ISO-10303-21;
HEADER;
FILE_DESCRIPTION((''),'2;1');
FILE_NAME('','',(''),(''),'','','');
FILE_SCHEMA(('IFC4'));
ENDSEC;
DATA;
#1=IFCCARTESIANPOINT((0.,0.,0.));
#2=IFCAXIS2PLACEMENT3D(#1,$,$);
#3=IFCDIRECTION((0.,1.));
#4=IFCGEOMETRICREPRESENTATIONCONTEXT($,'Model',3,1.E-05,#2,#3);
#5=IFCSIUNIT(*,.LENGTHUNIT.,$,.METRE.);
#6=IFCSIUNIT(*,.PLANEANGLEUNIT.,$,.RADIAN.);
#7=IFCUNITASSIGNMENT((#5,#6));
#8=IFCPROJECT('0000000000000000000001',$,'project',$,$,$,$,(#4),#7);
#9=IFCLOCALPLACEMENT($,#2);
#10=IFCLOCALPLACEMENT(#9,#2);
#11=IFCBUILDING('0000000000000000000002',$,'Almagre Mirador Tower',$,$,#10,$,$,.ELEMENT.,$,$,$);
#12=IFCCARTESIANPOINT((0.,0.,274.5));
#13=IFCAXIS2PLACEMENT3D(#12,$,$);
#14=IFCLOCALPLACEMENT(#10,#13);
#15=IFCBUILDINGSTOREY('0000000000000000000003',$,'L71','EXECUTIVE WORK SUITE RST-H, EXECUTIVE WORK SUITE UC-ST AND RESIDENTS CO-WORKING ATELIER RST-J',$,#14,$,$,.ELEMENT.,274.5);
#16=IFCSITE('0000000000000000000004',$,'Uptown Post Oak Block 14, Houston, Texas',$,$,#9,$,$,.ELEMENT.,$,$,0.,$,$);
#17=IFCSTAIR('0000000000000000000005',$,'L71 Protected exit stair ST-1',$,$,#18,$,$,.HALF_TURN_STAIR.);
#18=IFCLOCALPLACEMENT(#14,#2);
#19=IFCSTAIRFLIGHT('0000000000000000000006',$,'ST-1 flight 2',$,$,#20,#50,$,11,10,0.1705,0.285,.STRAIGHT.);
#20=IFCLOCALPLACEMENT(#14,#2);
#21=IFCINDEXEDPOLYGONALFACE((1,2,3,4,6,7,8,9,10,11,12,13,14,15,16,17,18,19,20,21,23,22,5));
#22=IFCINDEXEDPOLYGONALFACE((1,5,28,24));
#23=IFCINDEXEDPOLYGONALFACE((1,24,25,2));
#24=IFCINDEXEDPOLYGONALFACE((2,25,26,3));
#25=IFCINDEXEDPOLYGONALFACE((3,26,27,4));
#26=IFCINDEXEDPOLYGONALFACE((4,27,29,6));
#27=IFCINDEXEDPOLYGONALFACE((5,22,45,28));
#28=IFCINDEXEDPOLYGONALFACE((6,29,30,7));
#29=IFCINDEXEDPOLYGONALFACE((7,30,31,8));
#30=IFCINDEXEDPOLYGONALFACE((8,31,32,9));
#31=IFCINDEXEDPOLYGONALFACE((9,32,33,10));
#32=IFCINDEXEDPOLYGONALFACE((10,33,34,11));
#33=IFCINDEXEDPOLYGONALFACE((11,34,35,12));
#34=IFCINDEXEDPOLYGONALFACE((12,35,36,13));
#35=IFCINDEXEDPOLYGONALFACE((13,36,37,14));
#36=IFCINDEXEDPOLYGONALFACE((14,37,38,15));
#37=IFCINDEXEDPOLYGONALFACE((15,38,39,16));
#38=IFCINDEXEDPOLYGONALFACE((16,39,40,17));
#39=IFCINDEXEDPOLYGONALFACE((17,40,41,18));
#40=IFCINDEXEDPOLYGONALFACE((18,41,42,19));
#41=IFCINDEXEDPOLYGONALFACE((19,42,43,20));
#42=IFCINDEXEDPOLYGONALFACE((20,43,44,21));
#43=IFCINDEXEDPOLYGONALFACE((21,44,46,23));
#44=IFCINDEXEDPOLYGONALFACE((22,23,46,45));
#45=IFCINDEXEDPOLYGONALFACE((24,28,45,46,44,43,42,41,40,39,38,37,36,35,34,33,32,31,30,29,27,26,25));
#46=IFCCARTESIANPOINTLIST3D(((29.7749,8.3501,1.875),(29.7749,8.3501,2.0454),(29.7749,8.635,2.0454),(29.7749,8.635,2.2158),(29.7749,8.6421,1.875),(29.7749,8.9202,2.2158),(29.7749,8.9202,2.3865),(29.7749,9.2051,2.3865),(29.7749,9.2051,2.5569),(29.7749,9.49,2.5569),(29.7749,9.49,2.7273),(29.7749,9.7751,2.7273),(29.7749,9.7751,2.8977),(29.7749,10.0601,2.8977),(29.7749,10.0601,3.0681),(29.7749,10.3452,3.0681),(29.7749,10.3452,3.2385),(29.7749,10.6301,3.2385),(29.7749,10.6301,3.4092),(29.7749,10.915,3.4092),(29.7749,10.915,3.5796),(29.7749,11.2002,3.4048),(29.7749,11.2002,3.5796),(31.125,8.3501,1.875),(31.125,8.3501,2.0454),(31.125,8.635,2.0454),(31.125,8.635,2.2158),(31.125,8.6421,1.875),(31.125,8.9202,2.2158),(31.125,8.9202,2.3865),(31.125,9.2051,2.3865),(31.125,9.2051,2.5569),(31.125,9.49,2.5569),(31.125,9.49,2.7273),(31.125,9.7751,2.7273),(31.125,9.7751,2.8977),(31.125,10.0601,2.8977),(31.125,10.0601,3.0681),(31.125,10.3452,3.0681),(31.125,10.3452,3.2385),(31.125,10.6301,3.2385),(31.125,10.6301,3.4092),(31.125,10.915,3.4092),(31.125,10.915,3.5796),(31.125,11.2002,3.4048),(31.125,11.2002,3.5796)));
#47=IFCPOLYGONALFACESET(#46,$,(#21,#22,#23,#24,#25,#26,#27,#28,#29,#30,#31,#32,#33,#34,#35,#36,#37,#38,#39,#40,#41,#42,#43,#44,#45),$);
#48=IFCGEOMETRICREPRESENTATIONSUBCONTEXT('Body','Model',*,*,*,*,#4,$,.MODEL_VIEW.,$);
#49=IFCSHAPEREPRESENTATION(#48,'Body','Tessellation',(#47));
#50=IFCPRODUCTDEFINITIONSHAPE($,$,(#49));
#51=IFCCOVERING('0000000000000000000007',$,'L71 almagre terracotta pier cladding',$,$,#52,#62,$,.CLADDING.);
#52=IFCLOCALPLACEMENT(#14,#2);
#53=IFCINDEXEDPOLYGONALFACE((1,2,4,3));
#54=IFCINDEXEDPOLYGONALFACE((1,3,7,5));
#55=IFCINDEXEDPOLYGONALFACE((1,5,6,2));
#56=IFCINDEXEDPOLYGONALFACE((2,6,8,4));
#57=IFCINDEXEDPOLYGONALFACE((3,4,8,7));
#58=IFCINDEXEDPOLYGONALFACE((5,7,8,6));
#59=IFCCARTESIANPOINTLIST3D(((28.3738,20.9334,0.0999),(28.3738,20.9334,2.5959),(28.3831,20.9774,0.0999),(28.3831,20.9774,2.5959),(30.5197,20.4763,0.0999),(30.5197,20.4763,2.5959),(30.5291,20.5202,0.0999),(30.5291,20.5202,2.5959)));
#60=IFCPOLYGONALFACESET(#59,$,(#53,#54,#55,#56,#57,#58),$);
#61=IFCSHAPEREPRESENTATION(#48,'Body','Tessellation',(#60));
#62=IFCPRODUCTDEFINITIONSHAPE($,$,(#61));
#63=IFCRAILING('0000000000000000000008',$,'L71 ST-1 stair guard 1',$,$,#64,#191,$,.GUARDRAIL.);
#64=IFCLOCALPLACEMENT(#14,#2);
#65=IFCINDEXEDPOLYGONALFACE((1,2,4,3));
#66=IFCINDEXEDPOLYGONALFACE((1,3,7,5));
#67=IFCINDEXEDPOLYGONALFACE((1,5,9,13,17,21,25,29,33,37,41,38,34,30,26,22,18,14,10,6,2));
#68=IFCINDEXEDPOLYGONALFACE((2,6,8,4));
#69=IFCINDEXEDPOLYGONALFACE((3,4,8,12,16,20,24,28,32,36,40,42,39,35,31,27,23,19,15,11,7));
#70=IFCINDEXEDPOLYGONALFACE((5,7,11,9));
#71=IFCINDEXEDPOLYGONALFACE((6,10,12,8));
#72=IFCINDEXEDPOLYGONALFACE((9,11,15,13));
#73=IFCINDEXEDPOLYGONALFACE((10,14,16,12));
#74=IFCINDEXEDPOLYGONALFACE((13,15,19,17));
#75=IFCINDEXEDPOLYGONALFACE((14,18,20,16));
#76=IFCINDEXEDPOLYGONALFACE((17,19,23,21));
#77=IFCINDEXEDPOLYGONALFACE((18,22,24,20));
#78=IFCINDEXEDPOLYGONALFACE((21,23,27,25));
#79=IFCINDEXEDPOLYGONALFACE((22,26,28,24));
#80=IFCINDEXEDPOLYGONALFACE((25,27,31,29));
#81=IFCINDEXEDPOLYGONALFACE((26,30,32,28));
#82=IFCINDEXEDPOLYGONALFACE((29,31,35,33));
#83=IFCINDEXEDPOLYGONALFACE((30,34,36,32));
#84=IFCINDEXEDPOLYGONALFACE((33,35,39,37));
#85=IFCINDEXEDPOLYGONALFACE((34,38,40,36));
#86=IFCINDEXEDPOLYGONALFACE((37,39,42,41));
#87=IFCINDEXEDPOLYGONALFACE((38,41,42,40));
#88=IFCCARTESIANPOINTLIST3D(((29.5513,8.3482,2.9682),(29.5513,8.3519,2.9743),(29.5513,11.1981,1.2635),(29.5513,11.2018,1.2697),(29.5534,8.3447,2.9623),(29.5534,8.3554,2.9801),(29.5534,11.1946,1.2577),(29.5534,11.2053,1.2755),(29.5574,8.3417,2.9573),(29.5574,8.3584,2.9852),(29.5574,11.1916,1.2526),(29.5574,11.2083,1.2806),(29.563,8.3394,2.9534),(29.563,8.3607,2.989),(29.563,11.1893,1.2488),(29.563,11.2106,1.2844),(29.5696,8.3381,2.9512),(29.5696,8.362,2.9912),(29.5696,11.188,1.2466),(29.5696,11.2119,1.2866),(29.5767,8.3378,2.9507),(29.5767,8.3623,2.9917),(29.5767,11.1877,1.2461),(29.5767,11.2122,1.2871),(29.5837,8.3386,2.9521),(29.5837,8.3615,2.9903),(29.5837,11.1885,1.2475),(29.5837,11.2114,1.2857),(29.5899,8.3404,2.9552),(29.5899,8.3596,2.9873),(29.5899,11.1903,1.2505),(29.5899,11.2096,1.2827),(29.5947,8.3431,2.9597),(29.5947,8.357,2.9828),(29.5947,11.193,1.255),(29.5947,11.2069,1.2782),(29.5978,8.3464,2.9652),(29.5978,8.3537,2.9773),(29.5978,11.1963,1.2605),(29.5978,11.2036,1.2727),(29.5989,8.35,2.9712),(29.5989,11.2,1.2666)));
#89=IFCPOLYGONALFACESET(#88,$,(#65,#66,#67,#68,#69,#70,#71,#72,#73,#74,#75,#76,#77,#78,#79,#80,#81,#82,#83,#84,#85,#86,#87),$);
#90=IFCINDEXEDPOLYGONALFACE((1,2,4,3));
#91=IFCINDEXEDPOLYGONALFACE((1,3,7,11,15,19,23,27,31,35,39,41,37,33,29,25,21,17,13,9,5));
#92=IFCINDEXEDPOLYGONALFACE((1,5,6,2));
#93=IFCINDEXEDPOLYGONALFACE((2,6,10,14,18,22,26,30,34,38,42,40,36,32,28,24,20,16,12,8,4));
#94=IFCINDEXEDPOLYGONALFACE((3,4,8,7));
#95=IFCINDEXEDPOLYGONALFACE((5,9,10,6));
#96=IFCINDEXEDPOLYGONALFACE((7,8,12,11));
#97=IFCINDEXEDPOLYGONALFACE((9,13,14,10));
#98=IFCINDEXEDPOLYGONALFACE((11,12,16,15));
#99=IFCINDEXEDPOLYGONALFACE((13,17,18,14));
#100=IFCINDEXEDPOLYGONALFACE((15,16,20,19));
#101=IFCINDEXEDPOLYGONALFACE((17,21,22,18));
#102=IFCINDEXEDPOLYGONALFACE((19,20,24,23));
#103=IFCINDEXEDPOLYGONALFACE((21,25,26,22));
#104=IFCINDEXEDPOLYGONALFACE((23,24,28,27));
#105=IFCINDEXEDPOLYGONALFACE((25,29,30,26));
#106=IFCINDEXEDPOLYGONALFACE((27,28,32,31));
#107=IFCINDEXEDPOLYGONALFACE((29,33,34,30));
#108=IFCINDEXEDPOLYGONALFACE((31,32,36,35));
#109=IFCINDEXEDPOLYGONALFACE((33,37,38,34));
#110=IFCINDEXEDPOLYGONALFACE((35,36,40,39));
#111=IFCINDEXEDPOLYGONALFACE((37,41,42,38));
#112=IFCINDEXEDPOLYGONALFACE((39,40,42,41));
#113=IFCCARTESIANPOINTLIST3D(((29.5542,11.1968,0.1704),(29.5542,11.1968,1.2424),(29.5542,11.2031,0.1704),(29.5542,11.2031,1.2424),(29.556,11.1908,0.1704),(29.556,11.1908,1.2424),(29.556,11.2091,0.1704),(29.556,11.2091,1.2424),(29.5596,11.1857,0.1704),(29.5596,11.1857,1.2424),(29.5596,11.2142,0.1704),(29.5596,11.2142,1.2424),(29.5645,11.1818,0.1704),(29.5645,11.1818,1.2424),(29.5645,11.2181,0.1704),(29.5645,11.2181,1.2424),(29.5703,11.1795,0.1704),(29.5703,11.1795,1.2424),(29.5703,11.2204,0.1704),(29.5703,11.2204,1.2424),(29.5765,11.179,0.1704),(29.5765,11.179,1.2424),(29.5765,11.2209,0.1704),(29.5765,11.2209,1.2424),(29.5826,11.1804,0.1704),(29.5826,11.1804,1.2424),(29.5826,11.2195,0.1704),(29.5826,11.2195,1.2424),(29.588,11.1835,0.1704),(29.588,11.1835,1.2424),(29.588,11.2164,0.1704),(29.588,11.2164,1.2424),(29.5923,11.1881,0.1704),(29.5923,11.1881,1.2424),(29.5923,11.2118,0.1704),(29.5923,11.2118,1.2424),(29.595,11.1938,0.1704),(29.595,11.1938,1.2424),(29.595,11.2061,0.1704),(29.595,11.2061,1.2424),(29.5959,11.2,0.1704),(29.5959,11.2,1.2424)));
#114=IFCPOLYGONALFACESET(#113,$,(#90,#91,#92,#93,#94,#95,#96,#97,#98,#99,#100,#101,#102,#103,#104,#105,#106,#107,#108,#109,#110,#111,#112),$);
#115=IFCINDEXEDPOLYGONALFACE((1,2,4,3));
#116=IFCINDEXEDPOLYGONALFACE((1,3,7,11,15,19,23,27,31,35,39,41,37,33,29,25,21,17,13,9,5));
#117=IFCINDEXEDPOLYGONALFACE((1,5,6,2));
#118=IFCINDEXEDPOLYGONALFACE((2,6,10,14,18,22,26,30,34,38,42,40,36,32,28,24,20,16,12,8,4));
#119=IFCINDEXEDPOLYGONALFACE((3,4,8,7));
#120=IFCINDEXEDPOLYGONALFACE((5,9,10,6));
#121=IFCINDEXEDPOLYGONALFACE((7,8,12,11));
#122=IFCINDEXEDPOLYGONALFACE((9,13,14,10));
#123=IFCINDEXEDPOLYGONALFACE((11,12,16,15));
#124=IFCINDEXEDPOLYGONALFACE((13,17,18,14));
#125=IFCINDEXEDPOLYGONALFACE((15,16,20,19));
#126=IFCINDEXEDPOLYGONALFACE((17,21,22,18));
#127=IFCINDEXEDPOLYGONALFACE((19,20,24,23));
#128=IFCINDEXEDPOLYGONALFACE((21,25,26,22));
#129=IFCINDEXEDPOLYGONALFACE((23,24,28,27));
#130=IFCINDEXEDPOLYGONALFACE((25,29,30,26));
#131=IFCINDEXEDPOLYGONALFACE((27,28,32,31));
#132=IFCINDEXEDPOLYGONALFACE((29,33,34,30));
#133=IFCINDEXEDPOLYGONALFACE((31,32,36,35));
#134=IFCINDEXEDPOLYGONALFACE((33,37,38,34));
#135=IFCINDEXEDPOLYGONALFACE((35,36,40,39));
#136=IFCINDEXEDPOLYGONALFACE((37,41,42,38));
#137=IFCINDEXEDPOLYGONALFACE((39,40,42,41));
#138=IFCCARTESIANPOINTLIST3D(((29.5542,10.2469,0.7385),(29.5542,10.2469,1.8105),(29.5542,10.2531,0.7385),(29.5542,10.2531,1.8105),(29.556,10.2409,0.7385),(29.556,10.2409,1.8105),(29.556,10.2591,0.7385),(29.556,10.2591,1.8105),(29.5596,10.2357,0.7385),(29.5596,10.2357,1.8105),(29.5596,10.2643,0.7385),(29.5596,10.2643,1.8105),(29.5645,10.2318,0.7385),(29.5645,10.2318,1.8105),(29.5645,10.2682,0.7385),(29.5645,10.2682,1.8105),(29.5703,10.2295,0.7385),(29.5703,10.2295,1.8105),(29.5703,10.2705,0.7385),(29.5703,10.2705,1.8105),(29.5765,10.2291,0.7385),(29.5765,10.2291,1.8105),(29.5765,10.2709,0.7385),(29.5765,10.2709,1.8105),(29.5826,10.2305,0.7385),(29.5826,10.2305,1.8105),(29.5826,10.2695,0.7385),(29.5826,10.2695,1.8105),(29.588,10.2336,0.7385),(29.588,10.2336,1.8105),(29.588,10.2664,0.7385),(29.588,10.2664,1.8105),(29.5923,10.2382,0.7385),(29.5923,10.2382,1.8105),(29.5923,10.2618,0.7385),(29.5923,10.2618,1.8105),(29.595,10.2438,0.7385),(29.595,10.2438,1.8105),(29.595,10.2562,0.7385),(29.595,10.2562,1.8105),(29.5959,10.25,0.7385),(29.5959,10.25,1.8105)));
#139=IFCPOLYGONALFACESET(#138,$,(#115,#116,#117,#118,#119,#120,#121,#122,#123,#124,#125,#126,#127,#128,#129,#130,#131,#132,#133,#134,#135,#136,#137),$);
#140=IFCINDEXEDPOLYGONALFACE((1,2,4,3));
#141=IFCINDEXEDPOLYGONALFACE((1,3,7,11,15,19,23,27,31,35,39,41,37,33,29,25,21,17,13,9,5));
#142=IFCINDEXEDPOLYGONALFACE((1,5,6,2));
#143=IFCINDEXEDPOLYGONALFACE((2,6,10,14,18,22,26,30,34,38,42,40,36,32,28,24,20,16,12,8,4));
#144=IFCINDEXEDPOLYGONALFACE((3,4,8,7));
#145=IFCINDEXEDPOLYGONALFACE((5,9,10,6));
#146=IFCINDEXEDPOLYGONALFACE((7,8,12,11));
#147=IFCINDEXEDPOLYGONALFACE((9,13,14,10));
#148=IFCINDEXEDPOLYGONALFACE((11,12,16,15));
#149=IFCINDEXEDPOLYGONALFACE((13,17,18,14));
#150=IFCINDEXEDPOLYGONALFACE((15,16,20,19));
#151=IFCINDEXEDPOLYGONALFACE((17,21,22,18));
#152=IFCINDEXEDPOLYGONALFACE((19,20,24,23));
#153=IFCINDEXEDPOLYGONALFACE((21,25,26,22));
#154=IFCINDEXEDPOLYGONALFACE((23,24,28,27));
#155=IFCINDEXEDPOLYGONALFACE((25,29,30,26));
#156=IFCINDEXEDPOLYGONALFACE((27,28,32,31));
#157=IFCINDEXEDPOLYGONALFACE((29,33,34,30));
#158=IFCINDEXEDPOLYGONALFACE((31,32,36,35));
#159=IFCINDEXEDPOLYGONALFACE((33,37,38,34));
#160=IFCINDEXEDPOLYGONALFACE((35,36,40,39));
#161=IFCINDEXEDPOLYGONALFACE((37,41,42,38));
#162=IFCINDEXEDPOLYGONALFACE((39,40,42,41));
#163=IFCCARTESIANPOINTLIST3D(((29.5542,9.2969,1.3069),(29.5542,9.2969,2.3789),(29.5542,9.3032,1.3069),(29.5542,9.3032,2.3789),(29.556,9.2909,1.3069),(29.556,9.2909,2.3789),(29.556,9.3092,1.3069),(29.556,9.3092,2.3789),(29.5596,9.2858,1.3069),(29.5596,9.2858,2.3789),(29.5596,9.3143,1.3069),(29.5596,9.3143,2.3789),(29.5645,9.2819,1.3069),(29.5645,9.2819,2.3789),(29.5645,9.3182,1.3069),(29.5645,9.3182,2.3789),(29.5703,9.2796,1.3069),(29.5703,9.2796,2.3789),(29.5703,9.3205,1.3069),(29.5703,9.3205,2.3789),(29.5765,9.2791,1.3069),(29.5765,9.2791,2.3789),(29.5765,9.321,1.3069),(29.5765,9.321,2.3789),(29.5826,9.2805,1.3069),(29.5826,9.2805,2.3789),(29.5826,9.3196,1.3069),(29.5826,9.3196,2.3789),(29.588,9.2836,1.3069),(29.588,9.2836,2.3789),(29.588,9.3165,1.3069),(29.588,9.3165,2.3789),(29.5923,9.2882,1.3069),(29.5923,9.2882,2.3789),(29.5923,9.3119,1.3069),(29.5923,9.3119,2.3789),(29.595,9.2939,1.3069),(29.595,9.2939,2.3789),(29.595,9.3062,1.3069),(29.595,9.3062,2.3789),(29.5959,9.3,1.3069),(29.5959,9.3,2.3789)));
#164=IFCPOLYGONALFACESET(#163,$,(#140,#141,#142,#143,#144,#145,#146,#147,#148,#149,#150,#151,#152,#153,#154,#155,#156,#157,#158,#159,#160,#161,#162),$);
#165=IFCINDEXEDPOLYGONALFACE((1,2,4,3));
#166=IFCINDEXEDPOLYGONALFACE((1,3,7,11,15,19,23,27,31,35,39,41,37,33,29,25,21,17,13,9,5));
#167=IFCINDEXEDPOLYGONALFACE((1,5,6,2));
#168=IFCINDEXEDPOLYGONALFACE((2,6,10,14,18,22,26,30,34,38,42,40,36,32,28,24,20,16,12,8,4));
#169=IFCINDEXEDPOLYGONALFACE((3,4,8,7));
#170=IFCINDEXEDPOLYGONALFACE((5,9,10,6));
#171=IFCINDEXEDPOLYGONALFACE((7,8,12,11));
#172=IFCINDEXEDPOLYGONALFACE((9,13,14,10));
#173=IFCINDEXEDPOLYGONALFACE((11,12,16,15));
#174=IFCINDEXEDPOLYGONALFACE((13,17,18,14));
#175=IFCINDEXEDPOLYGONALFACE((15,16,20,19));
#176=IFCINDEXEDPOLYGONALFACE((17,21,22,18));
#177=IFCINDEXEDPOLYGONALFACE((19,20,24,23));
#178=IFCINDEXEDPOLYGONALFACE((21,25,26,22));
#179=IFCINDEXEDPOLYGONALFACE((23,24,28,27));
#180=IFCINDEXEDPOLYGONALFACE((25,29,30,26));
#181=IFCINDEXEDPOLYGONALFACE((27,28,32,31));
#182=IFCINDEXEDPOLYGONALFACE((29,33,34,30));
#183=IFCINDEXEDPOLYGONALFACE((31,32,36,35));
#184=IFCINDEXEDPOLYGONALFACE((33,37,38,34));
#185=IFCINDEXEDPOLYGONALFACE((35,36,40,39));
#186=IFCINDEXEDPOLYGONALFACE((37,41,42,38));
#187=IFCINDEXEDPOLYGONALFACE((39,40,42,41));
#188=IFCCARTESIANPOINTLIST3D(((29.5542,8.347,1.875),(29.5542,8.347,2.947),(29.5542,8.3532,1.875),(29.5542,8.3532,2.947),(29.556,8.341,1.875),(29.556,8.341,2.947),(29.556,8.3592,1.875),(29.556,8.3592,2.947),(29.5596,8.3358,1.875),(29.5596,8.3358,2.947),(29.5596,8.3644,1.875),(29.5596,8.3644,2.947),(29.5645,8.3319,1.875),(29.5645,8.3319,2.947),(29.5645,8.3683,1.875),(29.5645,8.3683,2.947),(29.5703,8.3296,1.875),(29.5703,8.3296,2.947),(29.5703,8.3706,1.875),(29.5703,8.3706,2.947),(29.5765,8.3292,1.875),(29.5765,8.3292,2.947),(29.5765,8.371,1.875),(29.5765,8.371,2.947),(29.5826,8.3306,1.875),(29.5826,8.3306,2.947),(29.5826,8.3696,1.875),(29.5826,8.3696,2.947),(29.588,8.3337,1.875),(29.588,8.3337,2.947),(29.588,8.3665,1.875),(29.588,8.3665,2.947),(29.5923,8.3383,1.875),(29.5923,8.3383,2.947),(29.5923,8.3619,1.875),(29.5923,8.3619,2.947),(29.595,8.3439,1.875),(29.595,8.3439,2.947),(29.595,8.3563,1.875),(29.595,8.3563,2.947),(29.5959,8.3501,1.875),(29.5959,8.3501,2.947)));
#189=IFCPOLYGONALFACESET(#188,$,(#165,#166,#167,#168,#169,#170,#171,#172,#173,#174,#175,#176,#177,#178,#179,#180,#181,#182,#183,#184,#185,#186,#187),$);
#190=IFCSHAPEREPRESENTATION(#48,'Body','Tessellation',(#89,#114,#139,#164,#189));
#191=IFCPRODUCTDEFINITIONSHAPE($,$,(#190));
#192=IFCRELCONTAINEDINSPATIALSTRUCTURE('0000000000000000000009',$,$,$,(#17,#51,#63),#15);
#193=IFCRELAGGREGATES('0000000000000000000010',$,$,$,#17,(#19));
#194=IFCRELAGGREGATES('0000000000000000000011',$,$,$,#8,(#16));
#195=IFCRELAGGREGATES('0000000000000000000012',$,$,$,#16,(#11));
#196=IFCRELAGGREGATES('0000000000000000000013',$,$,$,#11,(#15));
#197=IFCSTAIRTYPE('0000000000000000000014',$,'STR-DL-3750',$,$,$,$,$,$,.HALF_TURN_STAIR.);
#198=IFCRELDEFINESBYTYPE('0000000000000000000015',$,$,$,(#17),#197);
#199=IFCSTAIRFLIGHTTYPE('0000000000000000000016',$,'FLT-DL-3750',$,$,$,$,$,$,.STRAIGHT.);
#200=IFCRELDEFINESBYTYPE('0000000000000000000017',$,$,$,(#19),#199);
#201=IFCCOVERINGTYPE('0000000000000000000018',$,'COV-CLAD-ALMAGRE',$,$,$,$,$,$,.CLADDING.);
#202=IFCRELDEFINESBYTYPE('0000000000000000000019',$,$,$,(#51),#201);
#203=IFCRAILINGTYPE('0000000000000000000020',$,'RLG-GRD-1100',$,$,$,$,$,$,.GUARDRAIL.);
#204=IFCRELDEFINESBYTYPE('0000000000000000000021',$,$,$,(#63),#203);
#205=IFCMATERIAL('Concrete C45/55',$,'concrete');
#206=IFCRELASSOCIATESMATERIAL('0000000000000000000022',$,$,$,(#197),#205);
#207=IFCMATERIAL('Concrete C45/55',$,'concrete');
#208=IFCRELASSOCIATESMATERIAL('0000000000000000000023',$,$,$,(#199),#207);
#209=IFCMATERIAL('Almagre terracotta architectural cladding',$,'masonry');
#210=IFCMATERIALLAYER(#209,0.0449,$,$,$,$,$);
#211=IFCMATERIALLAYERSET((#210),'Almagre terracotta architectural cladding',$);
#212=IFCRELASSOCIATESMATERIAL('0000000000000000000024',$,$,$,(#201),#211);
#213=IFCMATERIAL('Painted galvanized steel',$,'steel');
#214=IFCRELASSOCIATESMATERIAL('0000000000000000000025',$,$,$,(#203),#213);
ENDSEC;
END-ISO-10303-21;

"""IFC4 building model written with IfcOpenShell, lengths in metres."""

from ifc_helpers import new_model, si_unit, direction, frame, origin, origin_2d, place, context, subcontext, project, spatial, polyline, rectangle, circle, outline, extrude, material, layer, layer_set, type_object, element, aggregate, save


model = new_model("IFC4")

# Units and contexts
model_context = context("Model", 3, precision=1e-05, world=origin(), true_north=direction((0.0, 1.0)))
body_context = subcontext(model_context, "Body", "Model", "MODEL_VIEW")
ifc_project = project(units=[si_unit("LENGTHUNIT", "METRE"), si_unit("PLANEANGLEUNIT", "RADIAN")], contexts=[model_context])

# Site, building, storey
site_placement = place(None, origin())
site = spatial("IfcSite", under=ifc_project, at=site_placement, Name="Uptown Post Oak Block 14, Houston, Texas", CompositionType="ELEMENT", RefElevation=0.0)
building_placement = place(site_placement, origin())
building = spatial("IfcBuilding", under=site, at=building_placement, Name="Almagre Mirador Tower", CompositionType="ELEMENT")
storey_placement = place(building_placement, frame((0.0, 0.0, 274.5)))
storey = spatial("IfcBuildingStorey", under=building, at=storey_placement, Name="L71", Description="EXECUTIVE WORK SUITE RST-H, EXECUTIVE WORK SUITE UC-ST AND RESIDENTS CO-WORKING ATELIER RST-J", CompositionType="ELEMENT", Elevation=274.5)

# Stair, stair flight
ifc_material_1 = material(Name="Concrete C45/55", Category="concrete")
stair_type = type_object("IfcStairType", Name="STR-DL-3750", PredefinedType="HALF_TURN_STAIR", material=ifc_material_1)
stair_placement = place(storey_placement, origin())
stair = element("IfcStair", 1, at=stair_placement, inside=storey, type_object=stair_type, Name="L71 Protected exit stair ST-1", PredefinedType="HALF_TURN_STAIR")
ifc_material_2 = material(Name="Concrete C45/55", Category="concrete")
stair_flight_type = type_object("IfcStairFlightType", Name="FLT-DL-3750", PredefinedType="STRAIGHT", material=ifc_material_2)
stair_flight_1_placement = place(storey_placement, frame((30.45, 8.3501, 1.875), z_axis=(0.0, 0.0, 1.0), x_axis=(0.0, 1.0, 0.0)))
stair_flight_1 = element("IfcStairFlight", 2, at=stair_flight_1_placement, type_object=stair_flight_type, Name="ST-1 flight 2", NumberOfRisers=11, NumberOfTreads=10, PredefinedType="STRAIGHT", RiserHeight=0.1705, TreadLength=0.285, context=body_context, shape_type="SweptSolid", body=[
    extrude(outline(polyline([(0.0, 0.0), (0.0, 0.1704), (0.2849, 0.1704), (0.2849, 0.3408), (0.5701, 0.3408), (0.5701, 0.5115), (0.855, 0.5115), (0.855, 0.6819), (1.1399, 0.6819), (1.1399, 0.8523), (1.425, 0.8523), (1.425, 1.0227), (1.71, 1.0227), (1.71, 1.1931), (1.9951, 1.1931), (1.9951, 1.3635), (2.28, 1.3635), (2.28, 1.5342), (2.5649, 1.5342), (2.5649, 1.7046), (2.8501, 1.7046), (2.8501, 1.875), (2.8501, 1.5298), (0.292, 0.0), (0.0, 0.0)])), frame((0.0, 0.675, 0.0), z_axis=(0.0, -1.0, 0.0), x_axis=(1.0, 0.0, 0.0)), (0.0, 0.0, 1.0), 1.3501),
])
aggregate(stair, [stair_flight_1])

# Covering
ifc_material_3 = material(Name="Almagre terracotta architectural cladding", Category="masonry")
ifc_layer_1 = layer(ifc_material_3, 0.0449)
ifc_layer_set_1 = layer_set([ifc_layer_1], Name="Almagre terracotta architectural cladding")
covering_type = type_object("IfcCoveringType", Name="COV-CLAD-ALMAGRE", PredefinedType="CLADDING", material=ifc_layer_set_1)
covering_placement = place(storey_placement, frame((29.4514, 20.7268, 0.0999), z_axis=(0.0, 0.0, 1.0), x_axis=(0.978053, -0.208356, 0.0)))
element("IfcCovering", 3, at=covering_placement, inside=storey, type_object=covering_type, Name="L71 almagre terracotta pier cladding", PredefinedType="CLADDING", context=body_context, shape_type="SweptSolid", body=[
    extrude(rectangle(XDim=2.1941, YDim=0.0449, at=origin_2d()), origin(), (0.0, 0.0, 1.0), 2.4961),
])

# Railing
ifc_material_4 = material(Name="Painted galvanized steel", Category="steel")
railing_type_1 = type_object("IfcRailingType", Name="RLG-GRD-1100", PredefinedType="GUARDRAIL", material=ifc_material_4)
railing_1_placement = place(storey_placement, frame((29.575, 11.2, 0.1704)))
element("IfcRailing", 4, at=railing_1_placement, inside=storey, type_object=railing_type_1, Name="L71 ST-1 stair guard 1", PredefinedType="GUARDRAIL", context=body_context, shape_type="SweptSolid", body=[
    extrude(circle(Radius=0.0239, at=origin_2d()), frame((0.0, 0.0, 1.0962), z_axis=(0.0, -0.858199, 0.513317), x_axis=(1.0, 0.0, 0.0)), (0.0, 0.0, 1.0), 3.3208),
    extrude(circle(Radius=0.021, at=origin_2d()), origin(), (0.0, 0.0, 1.0), 1.072),
    extrude(circle(Radius=0.021, at=origin_2d()), frame((0.0, -0.95, 0.5681)), (0.0, 0.0, 1.0), 1.072),
    extrude(circle(Radius=0.021, at=origin_2d()), frame((0.0, -1.8999, 1.1365)), (0.0, 0.0, 1.0), 1.072),
    extrude(circle(Radius=0.021, at=origin_2d()), frame((0.0, -2.8499, 1.7046)), (0.0, 0.0, 1.0), 1.072),
])

save(model, "model.ifc")
